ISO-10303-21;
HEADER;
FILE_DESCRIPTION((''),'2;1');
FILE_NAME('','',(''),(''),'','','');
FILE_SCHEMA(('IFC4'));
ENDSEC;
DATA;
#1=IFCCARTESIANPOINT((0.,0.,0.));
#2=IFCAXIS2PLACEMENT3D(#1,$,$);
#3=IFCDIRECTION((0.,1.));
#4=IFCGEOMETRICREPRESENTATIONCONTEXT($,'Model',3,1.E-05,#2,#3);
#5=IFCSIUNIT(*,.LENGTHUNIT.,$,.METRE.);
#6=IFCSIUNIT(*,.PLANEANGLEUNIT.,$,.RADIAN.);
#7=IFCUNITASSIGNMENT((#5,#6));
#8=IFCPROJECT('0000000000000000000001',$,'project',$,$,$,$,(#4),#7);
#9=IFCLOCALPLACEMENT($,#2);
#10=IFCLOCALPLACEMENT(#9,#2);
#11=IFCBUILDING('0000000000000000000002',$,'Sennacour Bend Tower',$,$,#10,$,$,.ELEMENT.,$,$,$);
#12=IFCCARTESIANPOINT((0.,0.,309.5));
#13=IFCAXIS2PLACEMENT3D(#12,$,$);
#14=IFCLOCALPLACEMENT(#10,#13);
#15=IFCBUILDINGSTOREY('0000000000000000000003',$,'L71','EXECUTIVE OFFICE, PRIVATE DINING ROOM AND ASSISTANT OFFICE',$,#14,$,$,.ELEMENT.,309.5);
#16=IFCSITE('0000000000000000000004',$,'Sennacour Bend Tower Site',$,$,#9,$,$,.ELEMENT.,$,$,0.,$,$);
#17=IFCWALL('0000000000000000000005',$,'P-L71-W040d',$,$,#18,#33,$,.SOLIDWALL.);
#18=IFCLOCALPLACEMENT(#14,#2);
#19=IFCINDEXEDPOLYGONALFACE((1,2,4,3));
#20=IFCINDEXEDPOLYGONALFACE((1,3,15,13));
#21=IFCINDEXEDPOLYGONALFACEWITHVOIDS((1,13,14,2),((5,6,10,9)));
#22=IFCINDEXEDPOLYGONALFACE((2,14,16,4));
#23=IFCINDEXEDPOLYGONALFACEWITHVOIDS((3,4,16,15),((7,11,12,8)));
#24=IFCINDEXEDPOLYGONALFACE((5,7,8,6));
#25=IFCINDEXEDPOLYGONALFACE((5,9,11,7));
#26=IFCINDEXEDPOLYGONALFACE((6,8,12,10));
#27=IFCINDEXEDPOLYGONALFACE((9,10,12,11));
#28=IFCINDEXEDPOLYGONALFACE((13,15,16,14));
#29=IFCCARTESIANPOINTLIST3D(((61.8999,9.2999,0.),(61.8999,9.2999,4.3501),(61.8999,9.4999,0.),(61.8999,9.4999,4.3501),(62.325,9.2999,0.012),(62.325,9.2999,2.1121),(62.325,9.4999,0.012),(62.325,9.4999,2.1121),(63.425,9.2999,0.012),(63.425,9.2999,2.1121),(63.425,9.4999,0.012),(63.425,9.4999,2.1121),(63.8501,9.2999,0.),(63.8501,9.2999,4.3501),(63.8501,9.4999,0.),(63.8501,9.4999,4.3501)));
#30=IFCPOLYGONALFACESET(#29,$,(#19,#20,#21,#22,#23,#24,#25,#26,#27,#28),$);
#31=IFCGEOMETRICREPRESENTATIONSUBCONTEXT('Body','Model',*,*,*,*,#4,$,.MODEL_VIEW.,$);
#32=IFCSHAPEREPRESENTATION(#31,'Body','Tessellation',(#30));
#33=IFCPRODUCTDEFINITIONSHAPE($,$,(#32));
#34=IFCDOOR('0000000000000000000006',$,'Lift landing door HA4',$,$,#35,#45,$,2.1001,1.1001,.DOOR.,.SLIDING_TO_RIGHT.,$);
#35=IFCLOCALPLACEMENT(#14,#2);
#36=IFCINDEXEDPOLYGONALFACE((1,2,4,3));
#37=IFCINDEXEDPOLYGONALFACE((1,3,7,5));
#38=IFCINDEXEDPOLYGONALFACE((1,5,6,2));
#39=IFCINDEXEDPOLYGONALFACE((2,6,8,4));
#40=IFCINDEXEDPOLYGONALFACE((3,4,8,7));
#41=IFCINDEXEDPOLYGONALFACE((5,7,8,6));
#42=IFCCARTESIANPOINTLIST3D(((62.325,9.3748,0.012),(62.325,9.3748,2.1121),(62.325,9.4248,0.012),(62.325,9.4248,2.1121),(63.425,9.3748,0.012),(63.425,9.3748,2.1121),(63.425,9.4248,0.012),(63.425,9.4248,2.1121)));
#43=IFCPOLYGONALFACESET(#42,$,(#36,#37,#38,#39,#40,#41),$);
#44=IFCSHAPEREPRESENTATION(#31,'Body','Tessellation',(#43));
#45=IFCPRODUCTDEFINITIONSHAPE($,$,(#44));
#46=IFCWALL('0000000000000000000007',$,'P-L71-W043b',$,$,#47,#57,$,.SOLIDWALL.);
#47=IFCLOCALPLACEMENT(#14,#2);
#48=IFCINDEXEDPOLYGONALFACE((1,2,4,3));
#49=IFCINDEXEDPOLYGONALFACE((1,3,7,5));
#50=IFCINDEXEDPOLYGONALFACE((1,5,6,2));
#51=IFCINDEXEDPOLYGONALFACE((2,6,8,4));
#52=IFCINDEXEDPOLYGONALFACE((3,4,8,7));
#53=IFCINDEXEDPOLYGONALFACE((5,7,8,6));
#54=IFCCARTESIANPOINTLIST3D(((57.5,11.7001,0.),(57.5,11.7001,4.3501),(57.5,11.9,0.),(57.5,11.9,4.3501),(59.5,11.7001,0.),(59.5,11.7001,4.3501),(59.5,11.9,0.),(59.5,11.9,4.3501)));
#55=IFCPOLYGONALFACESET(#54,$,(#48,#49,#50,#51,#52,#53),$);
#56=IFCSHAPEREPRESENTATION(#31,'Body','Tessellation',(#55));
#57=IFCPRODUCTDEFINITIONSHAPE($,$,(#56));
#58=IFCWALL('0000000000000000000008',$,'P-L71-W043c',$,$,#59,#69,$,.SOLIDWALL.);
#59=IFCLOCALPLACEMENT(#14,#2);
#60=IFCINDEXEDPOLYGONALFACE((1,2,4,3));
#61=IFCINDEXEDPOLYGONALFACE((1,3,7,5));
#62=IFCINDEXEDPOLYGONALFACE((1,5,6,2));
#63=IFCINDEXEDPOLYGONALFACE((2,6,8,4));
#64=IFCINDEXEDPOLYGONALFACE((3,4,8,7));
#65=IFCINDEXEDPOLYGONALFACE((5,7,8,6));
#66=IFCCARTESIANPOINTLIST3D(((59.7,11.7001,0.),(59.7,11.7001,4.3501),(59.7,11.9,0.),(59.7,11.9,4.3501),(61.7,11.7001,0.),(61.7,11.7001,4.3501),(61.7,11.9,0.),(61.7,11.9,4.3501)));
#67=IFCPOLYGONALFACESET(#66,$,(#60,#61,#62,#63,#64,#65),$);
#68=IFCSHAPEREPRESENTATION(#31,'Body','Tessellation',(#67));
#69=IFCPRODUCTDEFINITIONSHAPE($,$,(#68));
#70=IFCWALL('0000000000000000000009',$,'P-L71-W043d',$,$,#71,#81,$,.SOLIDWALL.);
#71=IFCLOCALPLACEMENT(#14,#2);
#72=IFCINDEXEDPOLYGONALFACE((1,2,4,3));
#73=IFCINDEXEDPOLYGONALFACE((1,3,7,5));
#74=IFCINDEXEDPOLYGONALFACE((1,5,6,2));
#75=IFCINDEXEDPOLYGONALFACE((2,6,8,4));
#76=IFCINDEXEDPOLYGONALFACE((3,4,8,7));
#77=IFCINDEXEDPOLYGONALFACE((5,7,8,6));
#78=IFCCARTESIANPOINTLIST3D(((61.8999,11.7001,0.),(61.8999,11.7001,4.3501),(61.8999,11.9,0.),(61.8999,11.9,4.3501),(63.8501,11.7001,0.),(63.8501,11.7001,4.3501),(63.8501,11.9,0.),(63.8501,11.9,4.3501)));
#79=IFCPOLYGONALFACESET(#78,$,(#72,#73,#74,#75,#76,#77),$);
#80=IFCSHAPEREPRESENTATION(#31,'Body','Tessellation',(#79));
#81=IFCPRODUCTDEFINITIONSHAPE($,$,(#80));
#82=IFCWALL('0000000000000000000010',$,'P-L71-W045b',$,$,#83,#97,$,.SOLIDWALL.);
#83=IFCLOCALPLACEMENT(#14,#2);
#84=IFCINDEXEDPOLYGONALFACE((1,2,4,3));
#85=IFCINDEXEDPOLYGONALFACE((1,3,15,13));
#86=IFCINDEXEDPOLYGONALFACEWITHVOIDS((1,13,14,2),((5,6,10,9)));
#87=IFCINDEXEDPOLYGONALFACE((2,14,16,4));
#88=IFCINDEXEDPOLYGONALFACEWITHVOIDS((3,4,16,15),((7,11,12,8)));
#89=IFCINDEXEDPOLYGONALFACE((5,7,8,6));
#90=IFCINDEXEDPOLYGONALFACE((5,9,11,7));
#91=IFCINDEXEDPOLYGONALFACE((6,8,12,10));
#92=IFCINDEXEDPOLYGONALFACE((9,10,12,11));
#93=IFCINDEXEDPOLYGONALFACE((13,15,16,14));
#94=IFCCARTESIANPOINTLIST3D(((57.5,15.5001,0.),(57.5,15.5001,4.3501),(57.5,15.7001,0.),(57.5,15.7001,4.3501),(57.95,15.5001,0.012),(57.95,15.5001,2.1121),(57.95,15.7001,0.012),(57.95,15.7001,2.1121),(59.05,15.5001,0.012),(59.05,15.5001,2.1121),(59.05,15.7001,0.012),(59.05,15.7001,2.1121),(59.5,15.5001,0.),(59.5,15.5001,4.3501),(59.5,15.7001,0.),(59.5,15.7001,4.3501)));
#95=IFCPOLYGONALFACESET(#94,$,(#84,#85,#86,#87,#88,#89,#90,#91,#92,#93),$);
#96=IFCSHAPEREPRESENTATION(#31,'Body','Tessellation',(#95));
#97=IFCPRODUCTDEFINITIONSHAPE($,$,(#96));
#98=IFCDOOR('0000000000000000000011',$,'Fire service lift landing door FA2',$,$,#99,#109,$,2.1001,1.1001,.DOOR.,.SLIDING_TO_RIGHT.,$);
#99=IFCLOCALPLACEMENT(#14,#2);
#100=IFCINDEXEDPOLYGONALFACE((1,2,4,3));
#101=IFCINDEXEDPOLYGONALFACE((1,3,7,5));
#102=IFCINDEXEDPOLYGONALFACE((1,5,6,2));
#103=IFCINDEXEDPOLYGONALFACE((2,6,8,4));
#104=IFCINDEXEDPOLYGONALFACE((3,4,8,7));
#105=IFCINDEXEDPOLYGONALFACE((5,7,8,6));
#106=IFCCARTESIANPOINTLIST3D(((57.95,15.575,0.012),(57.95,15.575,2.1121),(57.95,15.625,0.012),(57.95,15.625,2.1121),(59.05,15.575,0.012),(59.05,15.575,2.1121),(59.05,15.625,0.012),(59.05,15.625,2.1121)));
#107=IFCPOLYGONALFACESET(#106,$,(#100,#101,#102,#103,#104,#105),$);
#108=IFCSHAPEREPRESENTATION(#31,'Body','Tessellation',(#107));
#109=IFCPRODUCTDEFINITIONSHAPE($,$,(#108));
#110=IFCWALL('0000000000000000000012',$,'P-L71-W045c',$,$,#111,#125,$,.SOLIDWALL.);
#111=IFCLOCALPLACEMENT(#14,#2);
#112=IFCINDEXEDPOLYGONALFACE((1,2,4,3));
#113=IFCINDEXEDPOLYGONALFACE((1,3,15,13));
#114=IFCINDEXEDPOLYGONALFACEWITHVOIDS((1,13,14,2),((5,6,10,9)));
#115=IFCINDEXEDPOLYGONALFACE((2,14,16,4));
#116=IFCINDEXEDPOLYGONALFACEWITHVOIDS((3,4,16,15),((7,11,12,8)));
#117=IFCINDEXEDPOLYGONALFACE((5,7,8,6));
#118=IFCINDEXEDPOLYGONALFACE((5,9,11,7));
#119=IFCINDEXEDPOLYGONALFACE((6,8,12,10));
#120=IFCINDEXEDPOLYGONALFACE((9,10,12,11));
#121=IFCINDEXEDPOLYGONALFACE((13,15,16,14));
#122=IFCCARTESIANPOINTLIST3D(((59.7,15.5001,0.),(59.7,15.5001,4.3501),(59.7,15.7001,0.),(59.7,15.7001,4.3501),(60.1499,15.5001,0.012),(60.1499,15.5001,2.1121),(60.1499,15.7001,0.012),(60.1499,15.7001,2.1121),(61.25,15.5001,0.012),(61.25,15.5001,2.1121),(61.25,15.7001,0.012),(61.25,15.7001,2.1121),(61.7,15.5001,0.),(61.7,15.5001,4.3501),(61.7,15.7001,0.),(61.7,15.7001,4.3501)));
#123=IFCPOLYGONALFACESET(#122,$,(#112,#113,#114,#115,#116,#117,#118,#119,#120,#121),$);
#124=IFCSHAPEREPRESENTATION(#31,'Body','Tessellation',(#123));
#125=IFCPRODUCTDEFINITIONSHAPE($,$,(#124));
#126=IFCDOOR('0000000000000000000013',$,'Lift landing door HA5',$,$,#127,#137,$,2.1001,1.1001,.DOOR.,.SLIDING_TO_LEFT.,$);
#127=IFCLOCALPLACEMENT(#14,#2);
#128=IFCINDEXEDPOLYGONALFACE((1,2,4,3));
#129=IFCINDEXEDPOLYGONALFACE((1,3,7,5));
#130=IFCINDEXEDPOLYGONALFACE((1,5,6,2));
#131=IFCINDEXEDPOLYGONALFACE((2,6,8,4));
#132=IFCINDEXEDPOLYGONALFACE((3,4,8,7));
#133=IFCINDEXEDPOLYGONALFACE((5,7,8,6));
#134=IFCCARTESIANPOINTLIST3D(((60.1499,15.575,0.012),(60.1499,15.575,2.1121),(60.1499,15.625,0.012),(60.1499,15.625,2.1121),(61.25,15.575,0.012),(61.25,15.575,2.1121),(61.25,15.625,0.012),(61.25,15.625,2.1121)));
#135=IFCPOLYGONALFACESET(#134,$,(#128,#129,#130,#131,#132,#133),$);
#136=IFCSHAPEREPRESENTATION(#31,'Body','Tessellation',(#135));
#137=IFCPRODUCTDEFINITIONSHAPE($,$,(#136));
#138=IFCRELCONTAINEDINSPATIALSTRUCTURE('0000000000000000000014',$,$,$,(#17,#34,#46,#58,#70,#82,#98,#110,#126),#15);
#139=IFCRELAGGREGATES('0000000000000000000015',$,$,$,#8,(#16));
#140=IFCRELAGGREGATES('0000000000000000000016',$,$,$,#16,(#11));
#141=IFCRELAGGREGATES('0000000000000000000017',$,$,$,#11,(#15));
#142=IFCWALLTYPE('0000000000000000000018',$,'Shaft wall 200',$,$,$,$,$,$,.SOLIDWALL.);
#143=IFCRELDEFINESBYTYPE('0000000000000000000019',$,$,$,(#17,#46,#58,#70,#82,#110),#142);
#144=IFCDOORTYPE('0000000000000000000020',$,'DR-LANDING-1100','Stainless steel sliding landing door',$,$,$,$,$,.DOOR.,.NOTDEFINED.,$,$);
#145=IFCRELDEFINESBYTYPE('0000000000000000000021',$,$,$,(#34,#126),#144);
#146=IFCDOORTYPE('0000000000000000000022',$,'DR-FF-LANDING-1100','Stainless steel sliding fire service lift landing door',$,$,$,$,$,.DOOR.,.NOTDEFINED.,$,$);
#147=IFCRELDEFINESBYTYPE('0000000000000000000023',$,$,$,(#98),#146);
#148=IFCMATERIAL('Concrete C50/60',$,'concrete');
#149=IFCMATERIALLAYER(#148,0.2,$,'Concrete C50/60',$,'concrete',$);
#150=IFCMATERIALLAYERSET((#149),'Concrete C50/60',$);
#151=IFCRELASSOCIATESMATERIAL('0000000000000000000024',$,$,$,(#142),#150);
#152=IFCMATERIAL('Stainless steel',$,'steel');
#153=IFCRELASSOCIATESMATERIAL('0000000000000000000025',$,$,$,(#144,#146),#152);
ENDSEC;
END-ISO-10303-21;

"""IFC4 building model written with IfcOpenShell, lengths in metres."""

from ifc_helpers import new_model, si_unit, direction, frame, frame_2d, origin, place, context, subcontext, project, spatial, rectangle, extrude, material, layer, layer_set, type_object, element, fill, save


model = new_model("IFC4")

# Units and contexts
model_context = context("Model", 3, precision=1e-05, world=origin(), true_north=direction((0.0, 1.0)))
body_context = subcontext(model_context, "Body", "Model", "MODEL_VIEW")
ifc_project = project(units=[si_unit("LENGTHUNIT", "METRE"), si_unit("PLANEANGLEUNIT", "RADIAN")], contexts=[model_context])

# Site, building, storey
site_placement = place(None, origin())
site = spatial("IfcSite", under=ifc_project, at=site_placement, Name="Sennacour Bend Tower Site", CompositionType="ELEMENT", RefElevation=0.0)
building_placement = place(site_placement, origin())
building = spatial("IfcBuilding", under=site, at=building_placement, Name="Sennacour Bend Tower", CompositionType="ELEMENT")
storey_placement = place(building_placement, frame((0.0, 0.0, 309.5)))
storey = spatial("IfcBuildingStorey", under=building, at=storey_placement, Name="L71", Description="EXECUTIVE OFFICE, PRIVATE DINING ROOM AND ASSISTANT OFFICE", CompositionType="ELEMENT", Elevation=309.5)

# Shared definitions
ifc_material_1 = material(Name="Concrete C50/60", Category="concrete")
ifc_layer_1 = layer(ifc_material_1, 0.2, Name="Concrete C50/60", Category="concrete")
ifc_layer_set_1 = layer_set([ifc_layer_1], Name="Concrete C50/60")
wall_type_1 = type_object("IfcWallType", Name="Shaft wall 200", PredefinedType="SOLIDWALL", material=ifc_layer_set_1)

# Wall, opening, door
ifc_material_2 = material(Name="Stainless steel", Category="steel")
door_type_1 = type_object("IfcDoorType", Name="DR-LANDING-1100", Description="Stainless steel sliding landing door", OperationType="NOTDEFINED", PredefinedType="DOOR", material=ifc_material_2)
wall_1_placement = place(storey_placement, frame((61.8999, 9.3999, 0.0), z_axis=(0.0, 0.0, 1.0), x_axis=(1.0, 0.0, 0.0)))
wall_1 = element("IfcWall", 1, at=wall_1_placement, inside=storey, type_object=wall_type_1, Name="P-L71-W040d", PredefinedType="SOLIDWALL", context=body_context, shape_type="SweptSolid", body=[
    extrude(rectangle(XDim=1.9502, YDim=0.2, at=frame_2d((0.9751, 0.0))), origin(), (0.0, 0.0, 1.0), 4.3501),
])
opening_1_placement = place(wall_1_placement, frame((0.425, 0.0, 0.012)))
opening_1 = element("IfcOpeningElement", 2, at=opening_1_placement, cuts=wall_1, PredefinedType="OPENING", context=body_context, shape_type="SweptSolid", body=[
    extrude(rectangle(XDim=1.1001, YDim=2.1001, at=frame_2d((0.55, 1.05))), frame((0.0, 0.1099, 0.0), z_axis=(0.0, -1.0, 0.0), x_axis=(1.0, 0.0, 0.0)), (0.0, 0.0, 1.0), 0.22),
])
door_1_placement = place(opening_1_placement, origin())
door_1 = element("IfcDoor", 3, at=door_1_placement, inside=storey, type_object=door_type_1, Name="Lift landing door HA4", OperationType="SLIDING_TO_RIGHT", OverallHeight=2.1001, OverallWidth=1.1001, PredefinedType="DOOR", context=body_context, shape_type="SweptSolid", body=[
    extrude(rectangle(XDim=1.1001, YDim=2.1001, at=frame_2d((0.55, 1.05))), frame((0.0, 0.0249, 0.0), z_axis=(0.0, -1.0, 0.0), x_axis=(1.0, 0.0, 0.0)), (0.0, 0.0, 1.0), 0.05),
])
fill(opening_1, door_1)

# Walls
for number, where, z_axis, x_axis, name in (
    (4, (57.5, 11.8, 0.0), (0.0, 0.0, 1.0), (1.0, 0.0, 0.0), "P-L71-W043b"),
    (5, (59.7, 11.8, 0.0), (0.0, 0.0, 1.0), (1.0, 0.0, 0.0), "P-L71-W043c"),
):
    element("IfcWall", number, at=place(storey_placement, frame(where, z_axis=z_axis, x_axis=x_axis)), inside=storey, type_object=wall_type_1, Name=name, PredefinedType="SOLIDWALL", context=body_context, shape_type="SweptSolid", body=[
        extrude(rectangle(XDim=2.0, YDim=0.2, at=frame_2d((1.0, 0.0))), origin(), (0.0, 0.0, 1.0), 4.3501),
    ])
wall_2_placement = place(storey_placement, frame((61.8999, 11.8, 0.0), z_axis=(0.0, 0.0, 1.0), x_axis=(1.0, 0.0, 0.0)))
element("IfcWall", 6, at=wall_2_placement, inside=storey, type_object=wall_type_1, Name="P-L71-W043d", PredefinedType="SOLIDWALL", context=body_context, shape_type="SweptSolid", body=[
    extrude(rectangle(XDim=1.9502, YDim=0.2, at=frame_2d((0.9751, 0.0))), origin(), (0.0, 0.0, 1.0), 4.3501),
])

# Walls, openings, doors
wall_3_placement = place(storey_placement, frame((57.5, 15.6001, 0.0), z_axis=(0.0, 0.0, 1.0), x_axis=(1.0, 0.0, 0.0)))
wall_3 = element("IfcWall", 7, at=wall_3_placement, inside=storey, type_object=wall_type_1, Name="P-L71-W045b", PredefinedType="SOLIDWALL", context=body_context, shape_type="SweptSolid", body=[
    extrude(rectangle(XDim=2.0, YDim=0.2, at=frame_2d((1.0, 0.0))), origin(), (0.0, 0.0, 1.0), 4.3501),
])
opening_2_placement = place(wall_3_placement, frame((0.45, 0.0, 0.012)))
opening_2 = element("IfcOpeningElement", 8, at=opening_2_placement, cuts=wall_3, PredefinedType="OPENING", context=body_context, shape_type="SweptSolid", body=[
    extrude(rectangle(XDim=1.1001, YDim=2.1001, at=frame_2d((0.55, 1.05))), frame((0.0, 0.1099, 0.0), z_axis=(0.0, -1.0, 0.0), x_axis=(1.0, 0.0, 0.0)), (0.0, 0.0, 1.0), 0.22),
])
door_type_2 = type_object("IfcDoorType", Name="DR-FF-LANDING-1100", Description="Stainless steel sliding fire service lift landing door", OperationType="NOTDEFINED", PredefinedType="DOOR", material=ifc_material_2)
door_2_placement = place(opening_2_placement, origin())
door_2 = element("IfcDoor", 9, at=door_2_placement, inside=storey, type_object=door_type_2, Name="Fire service lift landing door FA2", OperationType="SLIDING_TO_RIGHT", OverallHeight=2.1001, OverallWidth=1.1001, PredefinedType="DOOR", context=body_context, shape_type="SweptSolid", body=[
    extrude(rectangle(XDim=1.1001, YDim=2.1001, at=frame_2d((0.55, 1.05))), frame((0.0, 0.0249, 0.0), z_axis=(0.0, -1.0, 0.0), x_axis=(1.0, 0.0, 0.0)), (0.0, 0.0, 1.0), 0.05),
])
fill(opening_2, door_2)
wall_4_placement = place(storey_placement, frame((59.7, 15.6001, 0.0), z_axis=(0.0, 0.0, 1.0), x_axis=(1.0, 0.0, 0.0)))
wall_4 = element("IfcWall", 10, at=wall_4_placement, inside=storey, type_object=wall_type_1, Name="P-L71-W045c", PredefinedType="SOLIDWALL", context=body_context, shape_type="SweptSolid", body=[
    extrude(rectangle(XDim=2.0, YDim=0.2, at=frame_2d((1.0, 0.0))), origin(), (0.0, 0.0, 1.0), 4.3501),
])
opening_3_placement = place(wall_4_placement, frame((0.45, 0.0, 0.012)))
opening_3 = element("IfcOpeningElement", 11, at=opening_3_placement, cuts=wall_4, PredefinedType="OPENING", context=body_context, shape_type="SweptSolid", body=[
    extrude(rectangle(XDim=1.1001, YDim=2.1001, at=frame_2d((0.55, 1.05))), frame((0.0, 0.1099, 0.0), z_axis=(0.0, -1.0, 0.0), x_axis=(1.0, 0.0, 0.0)), (0.0, 0.0, 1.0), 0.22),
])
door_3_placement = place(opening_3_placement, origin())
door_3 = element("IfcDoor", 12, at=door_3_placement, inside=storey, type_object=door_type_1, Name="Lift landing door HA5", OperationType="SLIDING_TO_LEFT", OverallHeight=2.1001, OverallWidth=1.1001, PredefinedType="DOOR", context=body_context, shape_type="SweptSolid", body=[
    extrude(rectangle(XDim=1.1001, YDim=2.1001, at=frame_2d((0.55, 1.05))), frame((0.0, 0.0249, 0.0), z_axis=(0.0, -1.0, 0.0), x_axis=(1.0, 0.0, 0.0)), (0.0, 0.0, 1.0), 0.05),
])
fill(opening_3, door_3)

save(model, "model.ifc")
